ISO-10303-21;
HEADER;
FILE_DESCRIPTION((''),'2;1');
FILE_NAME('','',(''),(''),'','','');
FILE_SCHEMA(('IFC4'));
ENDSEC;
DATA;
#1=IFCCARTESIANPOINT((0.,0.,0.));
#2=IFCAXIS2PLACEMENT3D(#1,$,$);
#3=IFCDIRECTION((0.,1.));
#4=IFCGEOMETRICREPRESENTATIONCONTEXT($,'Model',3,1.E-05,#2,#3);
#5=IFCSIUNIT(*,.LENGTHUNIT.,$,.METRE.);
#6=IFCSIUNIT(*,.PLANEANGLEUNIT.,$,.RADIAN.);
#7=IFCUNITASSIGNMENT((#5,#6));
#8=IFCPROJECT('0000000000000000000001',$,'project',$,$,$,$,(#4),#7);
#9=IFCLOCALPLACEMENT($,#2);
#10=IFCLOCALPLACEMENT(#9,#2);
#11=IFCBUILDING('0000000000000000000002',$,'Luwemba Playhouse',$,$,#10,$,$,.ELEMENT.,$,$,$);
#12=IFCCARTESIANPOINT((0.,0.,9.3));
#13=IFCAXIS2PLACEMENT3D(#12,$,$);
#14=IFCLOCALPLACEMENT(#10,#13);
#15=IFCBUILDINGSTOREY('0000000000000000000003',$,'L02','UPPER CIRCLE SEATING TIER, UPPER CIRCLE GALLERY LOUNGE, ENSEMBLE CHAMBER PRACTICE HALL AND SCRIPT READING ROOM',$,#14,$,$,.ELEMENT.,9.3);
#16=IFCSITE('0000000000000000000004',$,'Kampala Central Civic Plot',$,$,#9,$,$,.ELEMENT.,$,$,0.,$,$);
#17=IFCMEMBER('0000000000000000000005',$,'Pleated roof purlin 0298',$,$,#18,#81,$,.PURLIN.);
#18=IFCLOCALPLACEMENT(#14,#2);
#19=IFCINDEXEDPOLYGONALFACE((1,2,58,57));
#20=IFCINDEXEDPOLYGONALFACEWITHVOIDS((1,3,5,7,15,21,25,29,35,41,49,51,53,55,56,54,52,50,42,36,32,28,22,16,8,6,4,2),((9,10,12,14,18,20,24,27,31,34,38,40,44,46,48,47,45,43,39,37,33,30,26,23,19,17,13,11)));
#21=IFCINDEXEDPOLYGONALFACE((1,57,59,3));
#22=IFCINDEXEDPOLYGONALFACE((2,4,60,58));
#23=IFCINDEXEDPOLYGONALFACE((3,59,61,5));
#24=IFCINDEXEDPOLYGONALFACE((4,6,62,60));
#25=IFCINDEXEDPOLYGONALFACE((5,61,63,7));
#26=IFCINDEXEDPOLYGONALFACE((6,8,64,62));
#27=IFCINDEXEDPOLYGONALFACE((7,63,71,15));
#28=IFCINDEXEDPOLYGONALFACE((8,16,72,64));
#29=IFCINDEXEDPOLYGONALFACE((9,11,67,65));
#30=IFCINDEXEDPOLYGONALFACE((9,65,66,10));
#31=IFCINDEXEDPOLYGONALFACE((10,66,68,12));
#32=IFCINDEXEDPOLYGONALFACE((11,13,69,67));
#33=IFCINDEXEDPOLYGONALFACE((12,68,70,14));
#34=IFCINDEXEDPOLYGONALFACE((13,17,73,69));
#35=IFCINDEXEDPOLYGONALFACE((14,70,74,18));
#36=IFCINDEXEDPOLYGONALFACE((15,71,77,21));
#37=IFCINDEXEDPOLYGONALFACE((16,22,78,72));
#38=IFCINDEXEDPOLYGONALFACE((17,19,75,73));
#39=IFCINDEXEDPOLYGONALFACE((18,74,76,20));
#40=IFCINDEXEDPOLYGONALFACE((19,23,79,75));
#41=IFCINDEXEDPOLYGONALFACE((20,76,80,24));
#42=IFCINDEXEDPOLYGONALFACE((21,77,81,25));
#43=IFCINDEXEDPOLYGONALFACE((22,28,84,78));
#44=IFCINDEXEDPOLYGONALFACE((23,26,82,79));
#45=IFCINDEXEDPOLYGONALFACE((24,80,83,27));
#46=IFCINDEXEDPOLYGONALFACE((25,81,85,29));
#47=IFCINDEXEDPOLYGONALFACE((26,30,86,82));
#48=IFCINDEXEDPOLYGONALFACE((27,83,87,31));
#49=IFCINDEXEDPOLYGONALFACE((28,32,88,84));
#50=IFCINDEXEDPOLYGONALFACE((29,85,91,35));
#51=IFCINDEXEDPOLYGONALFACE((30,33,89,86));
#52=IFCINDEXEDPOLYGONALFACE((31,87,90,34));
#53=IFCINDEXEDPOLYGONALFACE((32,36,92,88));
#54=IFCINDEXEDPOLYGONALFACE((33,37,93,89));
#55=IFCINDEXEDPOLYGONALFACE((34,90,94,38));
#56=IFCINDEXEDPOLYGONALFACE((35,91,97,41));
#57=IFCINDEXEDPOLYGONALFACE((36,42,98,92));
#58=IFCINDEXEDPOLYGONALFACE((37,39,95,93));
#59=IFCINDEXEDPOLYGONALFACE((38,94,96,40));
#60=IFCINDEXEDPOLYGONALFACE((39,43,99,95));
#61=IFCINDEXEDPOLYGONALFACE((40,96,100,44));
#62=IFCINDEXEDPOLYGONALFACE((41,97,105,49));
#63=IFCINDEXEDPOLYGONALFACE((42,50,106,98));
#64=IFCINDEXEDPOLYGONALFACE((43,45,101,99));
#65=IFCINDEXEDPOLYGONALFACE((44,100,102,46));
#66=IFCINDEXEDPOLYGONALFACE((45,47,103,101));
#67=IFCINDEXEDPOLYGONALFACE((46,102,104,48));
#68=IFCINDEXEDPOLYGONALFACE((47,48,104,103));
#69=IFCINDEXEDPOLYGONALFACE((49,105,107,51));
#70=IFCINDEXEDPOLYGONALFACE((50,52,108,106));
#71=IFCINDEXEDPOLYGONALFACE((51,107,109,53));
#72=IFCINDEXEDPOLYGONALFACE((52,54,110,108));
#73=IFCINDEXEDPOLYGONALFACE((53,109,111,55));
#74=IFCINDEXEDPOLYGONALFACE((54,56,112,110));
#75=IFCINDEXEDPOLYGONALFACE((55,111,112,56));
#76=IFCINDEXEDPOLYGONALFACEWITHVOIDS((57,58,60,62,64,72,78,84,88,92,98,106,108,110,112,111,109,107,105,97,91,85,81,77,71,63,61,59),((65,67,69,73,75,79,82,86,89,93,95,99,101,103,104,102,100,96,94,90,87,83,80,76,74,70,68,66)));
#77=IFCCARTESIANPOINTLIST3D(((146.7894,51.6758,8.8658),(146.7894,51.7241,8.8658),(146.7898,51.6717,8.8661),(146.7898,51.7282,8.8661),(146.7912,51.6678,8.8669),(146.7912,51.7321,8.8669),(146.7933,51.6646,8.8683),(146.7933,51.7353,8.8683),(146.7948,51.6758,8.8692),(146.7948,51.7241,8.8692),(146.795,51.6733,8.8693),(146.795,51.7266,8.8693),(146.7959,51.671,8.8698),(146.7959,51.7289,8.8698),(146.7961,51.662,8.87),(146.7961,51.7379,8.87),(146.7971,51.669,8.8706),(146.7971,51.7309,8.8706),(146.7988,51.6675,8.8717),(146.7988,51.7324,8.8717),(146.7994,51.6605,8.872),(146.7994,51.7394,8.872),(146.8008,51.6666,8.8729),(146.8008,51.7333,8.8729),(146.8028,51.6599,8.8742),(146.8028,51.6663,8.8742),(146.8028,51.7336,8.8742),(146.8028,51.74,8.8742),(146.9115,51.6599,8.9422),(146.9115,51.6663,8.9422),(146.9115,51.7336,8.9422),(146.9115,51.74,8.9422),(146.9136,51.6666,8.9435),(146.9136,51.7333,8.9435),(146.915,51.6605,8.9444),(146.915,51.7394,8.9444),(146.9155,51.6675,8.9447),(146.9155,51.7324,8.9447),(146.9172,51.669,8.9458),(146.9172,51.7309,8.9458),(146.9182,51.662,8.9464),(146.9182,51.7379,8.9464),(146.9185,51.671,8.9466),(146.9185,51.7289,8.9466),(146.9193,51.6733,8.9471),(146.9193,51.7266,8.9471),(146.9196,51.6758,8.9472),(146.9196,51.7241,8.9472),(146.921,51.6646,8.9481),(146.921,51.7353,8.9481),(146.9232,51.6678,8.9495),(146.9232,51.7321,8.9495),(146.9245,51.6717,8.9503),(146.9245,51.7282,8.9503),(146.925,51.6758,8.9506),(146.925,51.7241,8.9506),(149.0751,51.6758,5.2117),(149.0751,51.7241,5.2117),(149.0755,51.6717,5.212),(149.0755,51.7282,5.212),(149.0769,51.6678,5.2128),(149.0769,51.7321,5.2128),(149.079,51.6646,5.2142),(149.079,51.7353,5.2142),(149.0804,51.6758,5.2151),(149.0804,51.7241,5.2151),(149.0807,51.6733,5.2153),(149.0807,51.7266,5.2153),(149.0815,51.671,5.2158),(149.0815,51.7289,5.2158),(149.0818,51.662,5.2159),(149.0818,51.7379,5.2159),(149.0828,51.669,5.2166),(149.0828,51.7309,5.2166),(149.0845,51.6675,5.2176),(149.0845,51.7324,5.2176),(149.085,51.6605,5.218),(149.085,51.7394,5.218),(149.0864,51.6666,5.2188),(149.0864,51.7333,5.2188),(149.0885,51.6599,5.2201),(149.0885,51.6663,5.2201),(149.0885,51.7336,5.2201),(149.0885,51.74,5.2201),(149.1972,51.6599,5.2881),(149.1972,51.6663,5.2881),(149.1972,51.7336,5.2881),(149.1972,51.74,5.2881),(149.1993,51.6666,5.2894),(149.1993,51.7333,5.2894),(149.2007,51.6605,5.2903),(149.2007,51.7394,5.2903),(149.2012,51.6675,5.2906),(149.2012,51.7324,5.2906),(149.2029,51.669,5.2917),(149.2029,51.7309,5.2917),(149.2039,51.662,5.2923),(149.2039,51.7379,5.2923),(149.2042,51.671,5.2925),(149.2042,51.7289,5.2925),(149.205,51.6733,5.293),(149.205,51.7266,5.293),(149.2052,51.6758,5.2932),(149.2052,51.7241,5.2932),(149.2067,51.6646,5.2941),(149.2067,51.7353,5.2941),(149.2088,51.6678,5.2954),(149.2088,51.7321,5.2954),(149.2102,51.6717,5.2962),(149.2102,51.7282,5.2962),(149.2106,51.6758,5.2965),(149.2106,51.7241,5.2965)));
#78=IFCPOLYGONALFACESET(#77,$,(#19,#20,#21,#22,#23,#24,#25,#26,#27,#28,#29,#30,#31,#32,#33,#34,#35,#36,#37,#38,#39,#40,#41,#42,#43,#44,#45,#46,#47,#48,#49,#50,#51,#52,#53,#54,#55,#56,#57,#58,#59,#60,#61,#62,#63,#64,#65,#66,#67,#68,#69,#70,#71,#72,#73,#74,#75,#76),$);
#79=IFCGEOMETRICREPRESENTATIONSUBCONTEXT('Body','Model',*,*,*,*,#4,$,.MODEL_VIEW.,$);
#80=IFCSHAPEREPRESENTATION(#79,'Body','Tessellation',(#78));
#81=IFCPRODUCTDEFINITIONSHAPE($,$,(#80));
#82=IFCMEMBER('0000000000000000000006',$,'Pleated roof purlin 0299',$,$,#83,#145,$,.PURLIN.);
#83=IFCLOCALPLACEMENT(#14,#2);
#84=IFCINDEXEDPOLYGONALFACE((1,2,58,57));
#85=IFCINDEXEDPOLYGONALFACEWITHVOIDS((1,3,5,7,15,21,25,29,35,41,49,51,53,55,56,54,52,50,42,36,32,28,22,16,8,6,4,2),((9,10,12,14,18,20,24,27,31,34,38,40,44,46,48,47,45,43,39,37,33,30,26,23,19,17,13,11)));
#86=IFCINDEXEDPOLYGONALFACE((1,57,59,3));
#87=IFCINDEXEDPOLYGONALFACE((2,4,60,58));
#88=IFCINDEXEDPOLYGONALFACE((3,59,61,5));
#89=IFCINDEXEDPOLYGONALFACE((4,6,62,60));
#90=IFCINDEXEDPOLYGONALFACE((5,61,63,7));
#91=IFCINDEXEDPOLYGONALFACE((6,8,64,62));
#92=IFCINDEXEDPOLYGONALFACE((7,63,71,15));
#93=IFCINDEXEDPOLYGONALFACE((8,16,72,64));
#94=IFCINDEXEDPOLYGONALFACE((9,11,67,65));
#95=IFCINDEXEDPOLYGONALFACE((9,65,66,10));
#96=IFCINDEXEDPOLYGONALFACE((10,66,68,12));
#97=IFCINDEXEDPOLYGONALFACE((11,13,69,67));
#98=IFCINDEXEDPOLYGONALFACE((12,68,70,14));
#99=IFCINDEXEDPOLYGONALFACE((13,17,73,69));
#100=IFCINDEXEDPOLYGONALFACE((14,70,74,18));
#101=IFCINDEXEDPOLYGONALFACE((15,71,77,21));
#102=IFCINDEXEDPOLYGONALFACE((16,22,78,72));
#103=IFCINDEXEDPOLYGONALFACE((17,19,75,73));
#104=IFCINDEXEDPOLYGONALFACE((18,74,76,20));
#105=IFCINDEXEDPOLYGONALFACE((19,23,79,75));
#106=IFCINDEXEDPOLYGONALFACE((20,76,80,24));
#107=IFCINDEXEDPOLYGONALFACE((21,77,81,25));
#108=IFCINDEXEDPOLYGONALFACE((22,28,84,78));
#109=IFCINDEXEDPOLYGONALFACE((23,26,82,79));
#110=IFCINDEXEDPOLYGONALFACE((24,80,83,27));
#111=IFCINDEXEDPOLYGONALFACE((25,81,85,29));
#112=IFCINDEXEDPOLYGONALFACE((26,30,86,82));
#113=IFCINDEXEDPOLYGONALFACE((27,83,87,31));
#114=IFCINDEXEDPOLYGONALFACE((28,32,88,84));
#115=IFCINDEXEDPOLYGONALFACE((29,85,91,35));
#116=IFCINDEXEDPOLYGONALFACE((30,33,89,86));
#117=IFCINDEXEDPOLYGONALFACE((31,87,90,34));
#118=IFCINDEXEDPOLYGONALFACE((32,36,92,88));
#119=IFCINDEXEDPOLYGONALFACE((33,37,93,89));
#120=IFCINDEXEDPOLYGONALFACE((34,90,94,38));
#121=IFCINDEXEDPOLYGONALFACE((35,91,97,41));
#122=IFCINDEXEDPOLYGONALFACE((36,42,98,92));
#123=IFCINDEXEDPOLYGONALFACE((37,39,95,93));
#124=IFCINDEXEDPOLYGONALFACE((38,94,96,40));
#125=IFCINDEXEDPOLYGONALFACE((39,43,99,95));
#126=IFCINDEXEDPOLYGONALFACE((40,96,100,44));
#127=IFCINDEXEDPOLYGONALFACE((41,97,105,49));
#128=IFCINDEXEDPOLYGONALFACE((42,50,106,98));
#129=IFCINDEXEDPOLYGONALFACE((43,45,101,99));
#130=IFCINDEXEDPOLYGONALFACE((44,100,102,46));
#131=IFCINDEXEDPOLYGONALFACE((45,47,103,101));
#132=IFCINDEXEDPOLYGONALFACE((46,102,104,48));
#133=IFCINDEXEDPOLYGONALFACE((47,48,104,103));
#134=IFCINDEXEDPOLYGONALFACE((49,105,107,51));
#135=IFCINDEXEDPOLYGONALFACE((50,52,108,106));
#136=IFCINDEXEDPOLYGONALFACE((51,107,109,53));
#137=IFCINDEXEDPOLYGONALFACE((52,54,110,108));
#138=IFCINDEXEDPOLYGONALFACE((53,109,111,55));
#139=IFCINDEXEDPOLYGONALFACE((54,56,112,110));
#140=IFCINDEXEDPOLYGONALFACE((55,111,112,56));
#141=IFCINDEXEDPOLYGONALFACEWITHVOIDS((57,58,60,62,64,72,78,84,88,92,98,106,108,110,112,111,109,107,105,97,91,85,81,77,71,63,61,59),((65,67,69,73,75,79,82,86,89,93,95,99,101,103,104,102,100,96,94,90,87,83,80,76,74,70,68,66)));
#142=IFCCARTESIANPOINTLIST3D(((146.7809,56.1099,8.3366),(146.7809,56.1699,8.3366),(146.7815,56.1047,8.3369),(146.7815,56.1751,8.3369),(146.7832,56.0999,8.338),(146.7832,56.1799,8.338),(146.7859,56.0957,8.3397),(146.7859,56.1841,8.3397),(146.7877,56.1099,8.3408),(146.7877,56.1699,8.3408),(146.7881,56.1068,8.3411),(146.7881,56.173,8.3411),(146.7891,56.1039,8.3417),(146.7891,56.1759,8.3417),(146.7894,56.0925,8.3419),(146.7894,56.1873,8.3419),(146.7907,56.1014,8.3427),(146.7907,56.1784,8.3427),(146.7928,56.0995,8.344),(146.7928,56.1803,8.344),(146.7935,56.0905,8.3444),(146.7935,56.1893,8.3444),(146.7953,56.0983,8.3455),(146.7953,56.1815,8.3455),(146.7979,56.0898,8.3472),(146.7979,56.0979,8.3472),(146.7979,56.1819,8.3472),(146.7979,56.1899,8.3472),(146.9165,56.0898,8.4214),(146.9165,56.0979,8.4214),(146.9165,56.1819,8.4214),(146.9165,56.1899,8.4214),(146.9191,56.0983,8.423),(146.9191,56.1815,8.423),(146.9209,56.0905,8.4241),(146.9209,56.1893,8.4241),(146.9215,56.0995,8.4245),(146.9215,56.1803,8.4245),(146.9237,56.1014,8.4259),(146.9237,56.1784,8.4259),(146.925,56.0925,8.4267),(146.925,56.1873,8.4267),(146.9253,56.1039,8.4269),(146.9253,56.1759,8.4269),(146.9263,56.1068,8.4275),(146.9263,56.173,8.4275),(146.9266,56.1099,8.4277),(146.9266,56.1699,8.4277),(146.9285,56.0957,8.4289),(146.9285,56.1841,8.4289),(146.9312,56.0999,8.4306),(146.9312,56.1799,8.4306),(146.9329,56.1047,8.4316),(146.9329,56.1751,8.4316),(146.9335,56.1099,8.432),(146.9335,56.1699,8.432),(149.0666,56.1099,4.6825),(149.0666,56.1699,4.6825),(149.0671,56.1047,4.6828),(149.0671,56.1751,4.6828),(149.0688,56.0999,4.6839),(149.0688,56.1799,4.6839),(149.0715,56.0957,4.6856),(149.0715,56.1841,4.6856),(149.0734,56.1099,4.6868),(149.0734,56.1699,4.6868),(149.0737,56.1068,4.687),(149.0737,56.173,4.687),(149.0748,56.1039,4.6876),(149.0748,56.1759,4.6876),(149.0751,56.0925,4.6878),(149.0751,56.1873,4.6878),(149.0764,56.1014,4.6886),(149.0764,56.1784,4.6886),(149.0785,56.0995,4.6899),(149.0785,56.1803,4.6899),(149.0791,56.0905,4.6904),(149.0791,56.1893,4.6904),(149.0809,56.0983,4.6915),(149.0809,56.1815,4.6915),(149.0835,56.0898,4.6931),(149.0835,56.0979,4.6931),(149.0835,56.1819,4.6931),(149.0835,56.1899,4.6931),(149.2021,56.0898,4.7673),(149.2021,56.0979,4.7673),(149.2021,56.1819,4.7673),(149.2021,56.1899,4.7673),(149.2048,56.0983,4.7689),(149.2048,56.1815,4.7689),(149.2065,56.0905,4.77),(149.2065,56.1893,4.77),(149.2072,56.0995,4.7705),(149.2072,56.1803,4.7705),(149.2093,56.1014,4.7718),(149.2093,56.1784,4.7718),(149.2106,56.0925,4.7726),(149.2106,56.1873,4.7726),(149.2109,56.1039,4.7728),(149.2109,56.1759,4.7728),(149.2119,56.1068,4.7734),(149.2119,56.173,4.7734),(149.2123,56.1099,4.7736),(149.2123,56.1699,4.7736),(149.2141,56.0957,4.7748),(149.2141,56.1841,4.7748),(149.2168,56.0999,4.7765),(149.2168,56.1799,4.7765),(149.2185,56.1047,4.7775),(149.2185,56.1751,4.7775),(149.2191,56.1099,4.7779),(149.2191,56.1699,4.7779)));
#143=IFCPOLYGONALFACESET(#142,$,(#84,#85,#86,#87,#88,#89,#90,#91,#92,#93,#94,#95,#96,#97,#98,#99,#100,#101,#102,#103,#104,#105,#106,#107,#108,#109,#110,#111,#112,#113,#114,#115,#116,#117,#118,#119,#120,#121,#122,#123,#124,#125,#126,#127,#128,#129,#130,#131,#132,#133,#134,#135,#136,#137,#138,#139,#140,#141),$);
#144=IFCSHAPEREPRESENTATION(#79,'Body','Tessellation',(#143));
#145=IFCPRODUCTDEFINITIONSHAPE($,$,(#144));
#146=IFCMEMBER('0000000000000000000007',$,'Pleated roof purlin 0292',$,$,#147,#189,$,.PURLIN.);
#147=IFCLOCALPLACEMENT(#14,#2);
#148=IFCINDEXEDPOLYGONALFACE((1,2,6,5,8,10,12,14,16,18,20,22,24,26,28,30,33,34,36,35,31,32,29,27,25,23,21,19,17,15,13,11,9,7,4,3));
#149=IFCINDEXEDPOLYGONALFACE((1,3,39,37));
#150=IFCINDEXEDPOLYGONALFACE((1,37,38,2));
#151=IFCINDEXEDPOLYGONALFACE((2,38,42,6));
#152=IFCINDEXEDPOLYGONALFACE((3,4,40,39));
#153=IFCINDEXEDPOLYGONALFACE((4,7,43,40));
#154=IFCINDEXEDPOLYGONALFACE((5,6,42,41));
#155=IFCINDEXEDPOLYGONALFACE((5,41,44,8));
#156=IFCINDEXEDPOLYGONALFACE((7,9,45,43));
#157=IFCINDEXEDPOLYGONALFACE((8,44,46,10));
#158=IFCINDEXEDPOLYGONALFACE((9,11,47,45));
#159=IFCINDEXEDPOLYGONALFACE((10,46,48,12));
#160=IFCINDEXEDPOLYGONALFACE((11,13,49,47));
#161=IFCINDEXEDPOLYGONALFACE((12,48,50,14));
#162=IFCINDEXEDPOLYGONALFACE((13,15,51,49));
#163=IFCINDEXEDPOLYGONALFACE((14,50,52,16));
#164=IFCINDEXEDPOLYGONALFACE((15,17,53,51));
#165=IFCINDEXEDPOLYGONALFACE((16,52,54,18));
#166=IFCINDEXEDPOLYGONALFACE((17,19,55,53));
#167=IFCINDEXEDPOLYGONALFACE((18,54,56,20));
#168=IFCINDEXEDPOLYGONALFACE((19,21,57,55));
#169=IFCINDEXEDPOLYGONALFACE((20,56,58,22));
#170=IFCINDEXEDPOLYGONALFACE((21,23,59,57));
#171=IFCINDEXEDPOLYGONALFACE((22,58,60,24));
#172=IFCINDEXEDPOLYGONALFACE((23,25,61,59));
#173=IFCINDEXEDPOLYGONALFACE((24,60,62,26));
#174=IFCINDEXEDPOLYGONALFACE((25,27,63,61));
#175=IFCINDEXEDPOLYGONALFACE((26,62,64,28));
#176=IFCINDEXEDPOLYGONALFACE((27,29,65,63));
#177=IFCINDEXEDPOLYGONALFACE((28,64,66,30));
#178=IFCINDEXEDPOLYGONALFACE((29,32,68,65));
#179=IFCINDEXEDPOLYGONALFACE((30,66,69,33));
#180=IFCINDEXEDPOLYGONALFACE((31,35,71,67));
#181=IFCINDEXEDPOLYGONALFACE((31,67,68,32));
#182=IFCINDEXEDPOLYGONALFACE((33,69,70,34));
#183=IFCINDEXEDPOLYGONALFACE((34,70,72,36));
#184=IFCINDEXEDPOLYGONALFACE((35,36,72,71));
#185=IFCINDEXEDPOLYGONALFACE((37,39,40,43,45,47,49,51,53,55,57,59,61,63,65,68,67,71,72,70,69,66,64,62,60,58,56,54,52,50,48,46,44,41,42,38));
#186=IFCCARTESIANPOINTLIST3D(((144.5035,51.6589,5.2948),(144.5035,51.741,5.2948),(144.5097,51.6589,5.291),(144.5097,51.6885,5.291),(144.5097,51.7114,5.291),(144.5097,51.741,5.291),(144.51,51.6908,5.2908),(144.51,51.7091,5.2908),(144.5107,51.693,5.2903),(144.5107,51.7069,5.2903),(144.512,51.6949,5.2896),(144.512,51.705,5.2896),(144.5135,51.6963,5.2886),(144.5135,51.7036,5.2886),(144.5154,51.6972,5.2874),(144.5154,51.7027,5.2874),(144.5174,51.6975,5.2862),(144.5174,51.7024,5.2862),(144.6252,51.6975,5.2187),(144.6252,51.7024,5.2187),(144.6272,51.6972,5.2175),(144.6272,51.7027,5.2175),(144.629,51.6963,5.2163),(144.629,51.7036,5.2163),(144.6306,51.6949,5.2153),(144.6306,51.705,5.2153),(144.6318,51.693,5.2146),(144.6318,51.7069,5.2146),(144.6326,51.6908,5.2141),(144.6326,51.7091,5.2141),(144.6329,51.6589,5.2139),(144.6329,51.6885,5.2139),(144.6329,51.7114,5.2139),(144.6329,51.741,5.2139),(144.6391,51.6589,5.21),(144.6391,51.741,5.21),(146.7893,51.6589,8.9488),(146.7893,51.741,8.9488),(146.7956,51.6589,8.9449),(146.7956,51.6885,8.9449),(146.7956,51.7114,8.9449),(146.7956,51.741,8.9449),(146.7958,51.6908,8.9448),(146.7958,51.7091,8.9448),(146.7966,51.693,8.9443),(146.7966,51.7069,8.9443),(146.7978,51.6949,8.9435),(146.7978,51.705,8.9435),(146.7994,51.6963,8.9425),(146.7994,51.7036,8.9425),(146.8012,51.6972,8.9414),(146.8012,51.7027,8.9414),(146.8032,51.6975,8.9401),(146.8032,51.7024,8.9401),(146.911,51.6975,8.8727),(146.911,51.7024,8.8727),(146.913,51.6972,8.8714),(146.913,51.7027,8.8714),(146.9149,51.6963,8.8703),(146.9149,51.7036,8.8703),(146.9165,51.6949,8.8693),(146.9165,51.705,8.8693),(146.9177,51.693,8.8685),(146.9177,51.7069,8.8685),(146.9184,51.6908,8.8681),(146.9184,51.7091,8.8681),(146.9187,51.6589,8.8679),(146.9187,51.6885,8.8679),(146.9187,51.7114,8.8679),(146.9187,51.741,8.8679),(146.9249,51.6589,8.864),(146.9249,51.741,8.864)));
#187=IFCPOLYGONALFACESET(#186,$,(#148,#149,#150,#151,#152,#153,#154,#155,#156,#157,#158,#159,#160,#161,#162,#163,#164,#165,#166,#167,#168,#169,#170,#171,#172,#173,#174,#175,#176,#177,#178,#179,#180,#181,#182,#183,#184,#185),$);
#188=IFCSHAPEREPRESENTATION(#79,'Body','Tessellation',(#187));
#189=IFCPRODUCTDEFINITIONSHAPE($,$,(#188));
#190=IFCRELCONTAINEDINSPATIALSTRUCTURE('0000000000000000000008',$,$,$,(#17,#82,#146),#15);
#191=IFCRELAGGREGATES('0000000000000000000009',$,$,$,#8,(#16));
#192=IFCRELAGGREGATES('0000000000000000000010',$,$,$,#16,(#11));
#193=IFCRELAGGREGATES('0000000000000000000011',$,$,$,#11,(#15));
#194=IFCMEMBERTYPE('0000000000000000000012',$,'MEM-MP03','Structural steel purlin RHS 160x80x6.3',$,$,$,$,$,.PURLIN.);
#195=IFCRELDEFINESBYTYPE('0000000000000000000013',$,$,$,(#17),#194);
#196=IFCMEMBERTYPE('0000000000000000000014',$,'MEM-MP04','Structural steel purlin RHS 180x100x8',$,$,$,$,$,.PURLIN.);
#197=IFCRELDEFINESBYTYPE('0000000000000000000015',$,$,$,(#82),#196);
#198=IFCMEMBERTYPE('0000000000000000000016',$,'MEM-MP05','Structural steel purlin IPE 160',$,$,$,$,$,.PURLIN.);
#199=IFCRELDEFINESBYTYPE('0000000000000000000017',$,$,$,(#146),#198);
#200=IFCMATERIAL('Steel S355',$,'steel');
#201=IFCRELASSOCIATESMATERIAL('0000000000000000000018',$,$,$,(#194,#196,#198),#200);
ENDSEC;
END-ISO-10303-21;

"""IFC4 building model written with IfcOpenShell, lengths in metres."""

from ifc_helpers import new_model, si_unit, direction, frame, origin, origin_2d, place, context, subcontext, project, spatial, hollow_rectangle, i_section, extrude, material, material_profile, profile_set, type_object, element, save


model = new_model("IFC4")

# Units and contexts
model_context = context("Model", 3, precision=1e-05, world=origin(), true_north=direction((0.0, 1.0)))
body_context = subcontext(model_context, "Body", "Model", "MODEL_VIEW")
ifc_project = project(units=[si_unit("LENGTHUNIT", "METRE"), si_unit("PLANEANGLEUNIT", "RADIAN")], contexts=[model_context])

# Site, building, storey
site_placement = place(None, origin())
site = spatial("IfcSite", under=ifc_project, at=site_placement, Name="Kampala Central Civic Plot", CompositionType="ELEMENT", RefElevation=0.0)
building_placement = place(site_placement, origin())
building = spatial("IfcBuilding", under=site, at=building_placement, Name="Luwemba Playhouse", CompositionType="ELEMENT")
storey_placement = place(building_placement, frame((0.0, 0.0, 9.3)))
storey = spatial("IfcBuildingStorey", under=building, at=storey_placement, Name="L02", Description="UPPER CIRCLE SEATING TIER, UPPER CIRCLE GALLERY LOUNGE, ENSEMBLE CHAMBER PRACTICE HALL AND SCRIPT READING ROOM", CompositionType="ELEMENT", Elevation=9.3)

# Shared definitions
ifc_material_1 = material(Name="Steel S355", Category="steel")

# Members
ifc_material_profile_1 = material_profile(ifc_material_1, hollow_rectangle(XDim=0.0801, YDim=0.1599, WallThickness=0.0063, InnerFilletRadius=0.0095, OuterFilletRadius=0.0159, at=origin_2d()))
ifc_profile_set_1 = profile_set([ifc_material_profile_1], Name="Steel S355")
member_type_1 = type_object("IfcMemberType", Name="MEM-MP03", Description="Structural steel purlin RHS 160x80x6.3", PredefinedType="PURLIN", material=ifc_profile_set_1)
member_1_placement = place(storey_placement, frame((146.8572, 51.7, 8.9082), z_axis=(0.530309, 0.0, -0.847804), x_axis=(0.0, 1.0, 0.0)))
element("IfcMember", 1, at=member_1_placement, inside=storey, type_object=member_type_1, Name="Pleated roof purlin 0298", PredefinedType="PURLIN", context=body_context, shape_type="SweptSolid", body=[
    extrude(hollow_rectangle(XDim=0.0801, YDim=0.1599, WallThickness=0.0063, InnerFilletRadius=0.0095, OuterFilletRadius=0.0159, at=origin_2d()), origin(), (0.0, 0.0, 1.0), 4.3101),
])
ifc_material_profile_2 = material_profile(ifc_material_1, hollow_rectangle(XDim=0.1001, YDim=0.1799, WallThickness=0.0081, InnerFilletRadius=0.012, OuterFilletRadius=0.02, at=origin_2d()))
ifc_profile_set_2 = profile_set([ifc_material_profile_2], Name="Steel S355")
member_type_2 = type_object("IfcMemberType", Name="MEM-MP04", Description="Structural steel purlin RHS 180x100x8", PredefinedType="PURLIN", material=ifc_profile_set_2)
member_2_placement = place(storey_placement, frame((146.8572, 56.1399, 8.3843), z_axis=(0.530309, 0.0, -0.847804), x_axis=(0.0, 1.0, 0.0)))
element("IfcMember", 2, at=member_2_placement, inside=storey, type_object=member_type_2, Name="Pleated roof purlin 0299", PredefinedType="PURLIN", context=body_context, shape_type="SweptSolid", body=[
    extrude(hollow_rectangle(XDim=0.1001, YDim=0.1799, WallThickness=0.0081, InnerFilletRadius=0.012, OuterFilletRadius=0.02, at=origin_2d()), origin(), (0.0, 0.0, 1.0), 4.3101),
])
ifc_material_profile_3 = material_profile(ifc_material_1, i_section(OverallWidth=0.082, OverallDepth=0.1599, WebThickness=0.0049, FlangeThickness=0.0073, FilletRadius=0.009, at=origin_2d()))
ifc_profile_set_3 = profile_set([ifc_material_profile_3], Name="Steel S355")
member_type_3 = type_object("IfcMemberType", Name="MEM-MP05", Description="Structural steel purlin IPE 160", PredefinedType="PURLIN", material=ifc_profile_set_3)
member_3_placement = place(storey_placement, frame((144.5713, 51.7, 5.2524), z_axis=(0.53035, 0.0, 0.847779), x_axis=(0.0, 1.0, 0.0)))
element("IfcMember", 3, at=member_3_placement, inside=storey, type_object=member_type_3, Name="Pleated roof purlin 0292", PredefinedType="PURLIN", context=body_context, shape_type="SweptSolid", body=[
    extrude(i_section(OverallWidth=0.082, OverallDepth=0.1599, WebThickness=0.0049, FlangeThickness=0.0073, FilletRadius=0.009, at=origin_2d()), origin(), (0.0, 0.0, 1.0), 4.3101),
])

save(model, "model.ifc")
